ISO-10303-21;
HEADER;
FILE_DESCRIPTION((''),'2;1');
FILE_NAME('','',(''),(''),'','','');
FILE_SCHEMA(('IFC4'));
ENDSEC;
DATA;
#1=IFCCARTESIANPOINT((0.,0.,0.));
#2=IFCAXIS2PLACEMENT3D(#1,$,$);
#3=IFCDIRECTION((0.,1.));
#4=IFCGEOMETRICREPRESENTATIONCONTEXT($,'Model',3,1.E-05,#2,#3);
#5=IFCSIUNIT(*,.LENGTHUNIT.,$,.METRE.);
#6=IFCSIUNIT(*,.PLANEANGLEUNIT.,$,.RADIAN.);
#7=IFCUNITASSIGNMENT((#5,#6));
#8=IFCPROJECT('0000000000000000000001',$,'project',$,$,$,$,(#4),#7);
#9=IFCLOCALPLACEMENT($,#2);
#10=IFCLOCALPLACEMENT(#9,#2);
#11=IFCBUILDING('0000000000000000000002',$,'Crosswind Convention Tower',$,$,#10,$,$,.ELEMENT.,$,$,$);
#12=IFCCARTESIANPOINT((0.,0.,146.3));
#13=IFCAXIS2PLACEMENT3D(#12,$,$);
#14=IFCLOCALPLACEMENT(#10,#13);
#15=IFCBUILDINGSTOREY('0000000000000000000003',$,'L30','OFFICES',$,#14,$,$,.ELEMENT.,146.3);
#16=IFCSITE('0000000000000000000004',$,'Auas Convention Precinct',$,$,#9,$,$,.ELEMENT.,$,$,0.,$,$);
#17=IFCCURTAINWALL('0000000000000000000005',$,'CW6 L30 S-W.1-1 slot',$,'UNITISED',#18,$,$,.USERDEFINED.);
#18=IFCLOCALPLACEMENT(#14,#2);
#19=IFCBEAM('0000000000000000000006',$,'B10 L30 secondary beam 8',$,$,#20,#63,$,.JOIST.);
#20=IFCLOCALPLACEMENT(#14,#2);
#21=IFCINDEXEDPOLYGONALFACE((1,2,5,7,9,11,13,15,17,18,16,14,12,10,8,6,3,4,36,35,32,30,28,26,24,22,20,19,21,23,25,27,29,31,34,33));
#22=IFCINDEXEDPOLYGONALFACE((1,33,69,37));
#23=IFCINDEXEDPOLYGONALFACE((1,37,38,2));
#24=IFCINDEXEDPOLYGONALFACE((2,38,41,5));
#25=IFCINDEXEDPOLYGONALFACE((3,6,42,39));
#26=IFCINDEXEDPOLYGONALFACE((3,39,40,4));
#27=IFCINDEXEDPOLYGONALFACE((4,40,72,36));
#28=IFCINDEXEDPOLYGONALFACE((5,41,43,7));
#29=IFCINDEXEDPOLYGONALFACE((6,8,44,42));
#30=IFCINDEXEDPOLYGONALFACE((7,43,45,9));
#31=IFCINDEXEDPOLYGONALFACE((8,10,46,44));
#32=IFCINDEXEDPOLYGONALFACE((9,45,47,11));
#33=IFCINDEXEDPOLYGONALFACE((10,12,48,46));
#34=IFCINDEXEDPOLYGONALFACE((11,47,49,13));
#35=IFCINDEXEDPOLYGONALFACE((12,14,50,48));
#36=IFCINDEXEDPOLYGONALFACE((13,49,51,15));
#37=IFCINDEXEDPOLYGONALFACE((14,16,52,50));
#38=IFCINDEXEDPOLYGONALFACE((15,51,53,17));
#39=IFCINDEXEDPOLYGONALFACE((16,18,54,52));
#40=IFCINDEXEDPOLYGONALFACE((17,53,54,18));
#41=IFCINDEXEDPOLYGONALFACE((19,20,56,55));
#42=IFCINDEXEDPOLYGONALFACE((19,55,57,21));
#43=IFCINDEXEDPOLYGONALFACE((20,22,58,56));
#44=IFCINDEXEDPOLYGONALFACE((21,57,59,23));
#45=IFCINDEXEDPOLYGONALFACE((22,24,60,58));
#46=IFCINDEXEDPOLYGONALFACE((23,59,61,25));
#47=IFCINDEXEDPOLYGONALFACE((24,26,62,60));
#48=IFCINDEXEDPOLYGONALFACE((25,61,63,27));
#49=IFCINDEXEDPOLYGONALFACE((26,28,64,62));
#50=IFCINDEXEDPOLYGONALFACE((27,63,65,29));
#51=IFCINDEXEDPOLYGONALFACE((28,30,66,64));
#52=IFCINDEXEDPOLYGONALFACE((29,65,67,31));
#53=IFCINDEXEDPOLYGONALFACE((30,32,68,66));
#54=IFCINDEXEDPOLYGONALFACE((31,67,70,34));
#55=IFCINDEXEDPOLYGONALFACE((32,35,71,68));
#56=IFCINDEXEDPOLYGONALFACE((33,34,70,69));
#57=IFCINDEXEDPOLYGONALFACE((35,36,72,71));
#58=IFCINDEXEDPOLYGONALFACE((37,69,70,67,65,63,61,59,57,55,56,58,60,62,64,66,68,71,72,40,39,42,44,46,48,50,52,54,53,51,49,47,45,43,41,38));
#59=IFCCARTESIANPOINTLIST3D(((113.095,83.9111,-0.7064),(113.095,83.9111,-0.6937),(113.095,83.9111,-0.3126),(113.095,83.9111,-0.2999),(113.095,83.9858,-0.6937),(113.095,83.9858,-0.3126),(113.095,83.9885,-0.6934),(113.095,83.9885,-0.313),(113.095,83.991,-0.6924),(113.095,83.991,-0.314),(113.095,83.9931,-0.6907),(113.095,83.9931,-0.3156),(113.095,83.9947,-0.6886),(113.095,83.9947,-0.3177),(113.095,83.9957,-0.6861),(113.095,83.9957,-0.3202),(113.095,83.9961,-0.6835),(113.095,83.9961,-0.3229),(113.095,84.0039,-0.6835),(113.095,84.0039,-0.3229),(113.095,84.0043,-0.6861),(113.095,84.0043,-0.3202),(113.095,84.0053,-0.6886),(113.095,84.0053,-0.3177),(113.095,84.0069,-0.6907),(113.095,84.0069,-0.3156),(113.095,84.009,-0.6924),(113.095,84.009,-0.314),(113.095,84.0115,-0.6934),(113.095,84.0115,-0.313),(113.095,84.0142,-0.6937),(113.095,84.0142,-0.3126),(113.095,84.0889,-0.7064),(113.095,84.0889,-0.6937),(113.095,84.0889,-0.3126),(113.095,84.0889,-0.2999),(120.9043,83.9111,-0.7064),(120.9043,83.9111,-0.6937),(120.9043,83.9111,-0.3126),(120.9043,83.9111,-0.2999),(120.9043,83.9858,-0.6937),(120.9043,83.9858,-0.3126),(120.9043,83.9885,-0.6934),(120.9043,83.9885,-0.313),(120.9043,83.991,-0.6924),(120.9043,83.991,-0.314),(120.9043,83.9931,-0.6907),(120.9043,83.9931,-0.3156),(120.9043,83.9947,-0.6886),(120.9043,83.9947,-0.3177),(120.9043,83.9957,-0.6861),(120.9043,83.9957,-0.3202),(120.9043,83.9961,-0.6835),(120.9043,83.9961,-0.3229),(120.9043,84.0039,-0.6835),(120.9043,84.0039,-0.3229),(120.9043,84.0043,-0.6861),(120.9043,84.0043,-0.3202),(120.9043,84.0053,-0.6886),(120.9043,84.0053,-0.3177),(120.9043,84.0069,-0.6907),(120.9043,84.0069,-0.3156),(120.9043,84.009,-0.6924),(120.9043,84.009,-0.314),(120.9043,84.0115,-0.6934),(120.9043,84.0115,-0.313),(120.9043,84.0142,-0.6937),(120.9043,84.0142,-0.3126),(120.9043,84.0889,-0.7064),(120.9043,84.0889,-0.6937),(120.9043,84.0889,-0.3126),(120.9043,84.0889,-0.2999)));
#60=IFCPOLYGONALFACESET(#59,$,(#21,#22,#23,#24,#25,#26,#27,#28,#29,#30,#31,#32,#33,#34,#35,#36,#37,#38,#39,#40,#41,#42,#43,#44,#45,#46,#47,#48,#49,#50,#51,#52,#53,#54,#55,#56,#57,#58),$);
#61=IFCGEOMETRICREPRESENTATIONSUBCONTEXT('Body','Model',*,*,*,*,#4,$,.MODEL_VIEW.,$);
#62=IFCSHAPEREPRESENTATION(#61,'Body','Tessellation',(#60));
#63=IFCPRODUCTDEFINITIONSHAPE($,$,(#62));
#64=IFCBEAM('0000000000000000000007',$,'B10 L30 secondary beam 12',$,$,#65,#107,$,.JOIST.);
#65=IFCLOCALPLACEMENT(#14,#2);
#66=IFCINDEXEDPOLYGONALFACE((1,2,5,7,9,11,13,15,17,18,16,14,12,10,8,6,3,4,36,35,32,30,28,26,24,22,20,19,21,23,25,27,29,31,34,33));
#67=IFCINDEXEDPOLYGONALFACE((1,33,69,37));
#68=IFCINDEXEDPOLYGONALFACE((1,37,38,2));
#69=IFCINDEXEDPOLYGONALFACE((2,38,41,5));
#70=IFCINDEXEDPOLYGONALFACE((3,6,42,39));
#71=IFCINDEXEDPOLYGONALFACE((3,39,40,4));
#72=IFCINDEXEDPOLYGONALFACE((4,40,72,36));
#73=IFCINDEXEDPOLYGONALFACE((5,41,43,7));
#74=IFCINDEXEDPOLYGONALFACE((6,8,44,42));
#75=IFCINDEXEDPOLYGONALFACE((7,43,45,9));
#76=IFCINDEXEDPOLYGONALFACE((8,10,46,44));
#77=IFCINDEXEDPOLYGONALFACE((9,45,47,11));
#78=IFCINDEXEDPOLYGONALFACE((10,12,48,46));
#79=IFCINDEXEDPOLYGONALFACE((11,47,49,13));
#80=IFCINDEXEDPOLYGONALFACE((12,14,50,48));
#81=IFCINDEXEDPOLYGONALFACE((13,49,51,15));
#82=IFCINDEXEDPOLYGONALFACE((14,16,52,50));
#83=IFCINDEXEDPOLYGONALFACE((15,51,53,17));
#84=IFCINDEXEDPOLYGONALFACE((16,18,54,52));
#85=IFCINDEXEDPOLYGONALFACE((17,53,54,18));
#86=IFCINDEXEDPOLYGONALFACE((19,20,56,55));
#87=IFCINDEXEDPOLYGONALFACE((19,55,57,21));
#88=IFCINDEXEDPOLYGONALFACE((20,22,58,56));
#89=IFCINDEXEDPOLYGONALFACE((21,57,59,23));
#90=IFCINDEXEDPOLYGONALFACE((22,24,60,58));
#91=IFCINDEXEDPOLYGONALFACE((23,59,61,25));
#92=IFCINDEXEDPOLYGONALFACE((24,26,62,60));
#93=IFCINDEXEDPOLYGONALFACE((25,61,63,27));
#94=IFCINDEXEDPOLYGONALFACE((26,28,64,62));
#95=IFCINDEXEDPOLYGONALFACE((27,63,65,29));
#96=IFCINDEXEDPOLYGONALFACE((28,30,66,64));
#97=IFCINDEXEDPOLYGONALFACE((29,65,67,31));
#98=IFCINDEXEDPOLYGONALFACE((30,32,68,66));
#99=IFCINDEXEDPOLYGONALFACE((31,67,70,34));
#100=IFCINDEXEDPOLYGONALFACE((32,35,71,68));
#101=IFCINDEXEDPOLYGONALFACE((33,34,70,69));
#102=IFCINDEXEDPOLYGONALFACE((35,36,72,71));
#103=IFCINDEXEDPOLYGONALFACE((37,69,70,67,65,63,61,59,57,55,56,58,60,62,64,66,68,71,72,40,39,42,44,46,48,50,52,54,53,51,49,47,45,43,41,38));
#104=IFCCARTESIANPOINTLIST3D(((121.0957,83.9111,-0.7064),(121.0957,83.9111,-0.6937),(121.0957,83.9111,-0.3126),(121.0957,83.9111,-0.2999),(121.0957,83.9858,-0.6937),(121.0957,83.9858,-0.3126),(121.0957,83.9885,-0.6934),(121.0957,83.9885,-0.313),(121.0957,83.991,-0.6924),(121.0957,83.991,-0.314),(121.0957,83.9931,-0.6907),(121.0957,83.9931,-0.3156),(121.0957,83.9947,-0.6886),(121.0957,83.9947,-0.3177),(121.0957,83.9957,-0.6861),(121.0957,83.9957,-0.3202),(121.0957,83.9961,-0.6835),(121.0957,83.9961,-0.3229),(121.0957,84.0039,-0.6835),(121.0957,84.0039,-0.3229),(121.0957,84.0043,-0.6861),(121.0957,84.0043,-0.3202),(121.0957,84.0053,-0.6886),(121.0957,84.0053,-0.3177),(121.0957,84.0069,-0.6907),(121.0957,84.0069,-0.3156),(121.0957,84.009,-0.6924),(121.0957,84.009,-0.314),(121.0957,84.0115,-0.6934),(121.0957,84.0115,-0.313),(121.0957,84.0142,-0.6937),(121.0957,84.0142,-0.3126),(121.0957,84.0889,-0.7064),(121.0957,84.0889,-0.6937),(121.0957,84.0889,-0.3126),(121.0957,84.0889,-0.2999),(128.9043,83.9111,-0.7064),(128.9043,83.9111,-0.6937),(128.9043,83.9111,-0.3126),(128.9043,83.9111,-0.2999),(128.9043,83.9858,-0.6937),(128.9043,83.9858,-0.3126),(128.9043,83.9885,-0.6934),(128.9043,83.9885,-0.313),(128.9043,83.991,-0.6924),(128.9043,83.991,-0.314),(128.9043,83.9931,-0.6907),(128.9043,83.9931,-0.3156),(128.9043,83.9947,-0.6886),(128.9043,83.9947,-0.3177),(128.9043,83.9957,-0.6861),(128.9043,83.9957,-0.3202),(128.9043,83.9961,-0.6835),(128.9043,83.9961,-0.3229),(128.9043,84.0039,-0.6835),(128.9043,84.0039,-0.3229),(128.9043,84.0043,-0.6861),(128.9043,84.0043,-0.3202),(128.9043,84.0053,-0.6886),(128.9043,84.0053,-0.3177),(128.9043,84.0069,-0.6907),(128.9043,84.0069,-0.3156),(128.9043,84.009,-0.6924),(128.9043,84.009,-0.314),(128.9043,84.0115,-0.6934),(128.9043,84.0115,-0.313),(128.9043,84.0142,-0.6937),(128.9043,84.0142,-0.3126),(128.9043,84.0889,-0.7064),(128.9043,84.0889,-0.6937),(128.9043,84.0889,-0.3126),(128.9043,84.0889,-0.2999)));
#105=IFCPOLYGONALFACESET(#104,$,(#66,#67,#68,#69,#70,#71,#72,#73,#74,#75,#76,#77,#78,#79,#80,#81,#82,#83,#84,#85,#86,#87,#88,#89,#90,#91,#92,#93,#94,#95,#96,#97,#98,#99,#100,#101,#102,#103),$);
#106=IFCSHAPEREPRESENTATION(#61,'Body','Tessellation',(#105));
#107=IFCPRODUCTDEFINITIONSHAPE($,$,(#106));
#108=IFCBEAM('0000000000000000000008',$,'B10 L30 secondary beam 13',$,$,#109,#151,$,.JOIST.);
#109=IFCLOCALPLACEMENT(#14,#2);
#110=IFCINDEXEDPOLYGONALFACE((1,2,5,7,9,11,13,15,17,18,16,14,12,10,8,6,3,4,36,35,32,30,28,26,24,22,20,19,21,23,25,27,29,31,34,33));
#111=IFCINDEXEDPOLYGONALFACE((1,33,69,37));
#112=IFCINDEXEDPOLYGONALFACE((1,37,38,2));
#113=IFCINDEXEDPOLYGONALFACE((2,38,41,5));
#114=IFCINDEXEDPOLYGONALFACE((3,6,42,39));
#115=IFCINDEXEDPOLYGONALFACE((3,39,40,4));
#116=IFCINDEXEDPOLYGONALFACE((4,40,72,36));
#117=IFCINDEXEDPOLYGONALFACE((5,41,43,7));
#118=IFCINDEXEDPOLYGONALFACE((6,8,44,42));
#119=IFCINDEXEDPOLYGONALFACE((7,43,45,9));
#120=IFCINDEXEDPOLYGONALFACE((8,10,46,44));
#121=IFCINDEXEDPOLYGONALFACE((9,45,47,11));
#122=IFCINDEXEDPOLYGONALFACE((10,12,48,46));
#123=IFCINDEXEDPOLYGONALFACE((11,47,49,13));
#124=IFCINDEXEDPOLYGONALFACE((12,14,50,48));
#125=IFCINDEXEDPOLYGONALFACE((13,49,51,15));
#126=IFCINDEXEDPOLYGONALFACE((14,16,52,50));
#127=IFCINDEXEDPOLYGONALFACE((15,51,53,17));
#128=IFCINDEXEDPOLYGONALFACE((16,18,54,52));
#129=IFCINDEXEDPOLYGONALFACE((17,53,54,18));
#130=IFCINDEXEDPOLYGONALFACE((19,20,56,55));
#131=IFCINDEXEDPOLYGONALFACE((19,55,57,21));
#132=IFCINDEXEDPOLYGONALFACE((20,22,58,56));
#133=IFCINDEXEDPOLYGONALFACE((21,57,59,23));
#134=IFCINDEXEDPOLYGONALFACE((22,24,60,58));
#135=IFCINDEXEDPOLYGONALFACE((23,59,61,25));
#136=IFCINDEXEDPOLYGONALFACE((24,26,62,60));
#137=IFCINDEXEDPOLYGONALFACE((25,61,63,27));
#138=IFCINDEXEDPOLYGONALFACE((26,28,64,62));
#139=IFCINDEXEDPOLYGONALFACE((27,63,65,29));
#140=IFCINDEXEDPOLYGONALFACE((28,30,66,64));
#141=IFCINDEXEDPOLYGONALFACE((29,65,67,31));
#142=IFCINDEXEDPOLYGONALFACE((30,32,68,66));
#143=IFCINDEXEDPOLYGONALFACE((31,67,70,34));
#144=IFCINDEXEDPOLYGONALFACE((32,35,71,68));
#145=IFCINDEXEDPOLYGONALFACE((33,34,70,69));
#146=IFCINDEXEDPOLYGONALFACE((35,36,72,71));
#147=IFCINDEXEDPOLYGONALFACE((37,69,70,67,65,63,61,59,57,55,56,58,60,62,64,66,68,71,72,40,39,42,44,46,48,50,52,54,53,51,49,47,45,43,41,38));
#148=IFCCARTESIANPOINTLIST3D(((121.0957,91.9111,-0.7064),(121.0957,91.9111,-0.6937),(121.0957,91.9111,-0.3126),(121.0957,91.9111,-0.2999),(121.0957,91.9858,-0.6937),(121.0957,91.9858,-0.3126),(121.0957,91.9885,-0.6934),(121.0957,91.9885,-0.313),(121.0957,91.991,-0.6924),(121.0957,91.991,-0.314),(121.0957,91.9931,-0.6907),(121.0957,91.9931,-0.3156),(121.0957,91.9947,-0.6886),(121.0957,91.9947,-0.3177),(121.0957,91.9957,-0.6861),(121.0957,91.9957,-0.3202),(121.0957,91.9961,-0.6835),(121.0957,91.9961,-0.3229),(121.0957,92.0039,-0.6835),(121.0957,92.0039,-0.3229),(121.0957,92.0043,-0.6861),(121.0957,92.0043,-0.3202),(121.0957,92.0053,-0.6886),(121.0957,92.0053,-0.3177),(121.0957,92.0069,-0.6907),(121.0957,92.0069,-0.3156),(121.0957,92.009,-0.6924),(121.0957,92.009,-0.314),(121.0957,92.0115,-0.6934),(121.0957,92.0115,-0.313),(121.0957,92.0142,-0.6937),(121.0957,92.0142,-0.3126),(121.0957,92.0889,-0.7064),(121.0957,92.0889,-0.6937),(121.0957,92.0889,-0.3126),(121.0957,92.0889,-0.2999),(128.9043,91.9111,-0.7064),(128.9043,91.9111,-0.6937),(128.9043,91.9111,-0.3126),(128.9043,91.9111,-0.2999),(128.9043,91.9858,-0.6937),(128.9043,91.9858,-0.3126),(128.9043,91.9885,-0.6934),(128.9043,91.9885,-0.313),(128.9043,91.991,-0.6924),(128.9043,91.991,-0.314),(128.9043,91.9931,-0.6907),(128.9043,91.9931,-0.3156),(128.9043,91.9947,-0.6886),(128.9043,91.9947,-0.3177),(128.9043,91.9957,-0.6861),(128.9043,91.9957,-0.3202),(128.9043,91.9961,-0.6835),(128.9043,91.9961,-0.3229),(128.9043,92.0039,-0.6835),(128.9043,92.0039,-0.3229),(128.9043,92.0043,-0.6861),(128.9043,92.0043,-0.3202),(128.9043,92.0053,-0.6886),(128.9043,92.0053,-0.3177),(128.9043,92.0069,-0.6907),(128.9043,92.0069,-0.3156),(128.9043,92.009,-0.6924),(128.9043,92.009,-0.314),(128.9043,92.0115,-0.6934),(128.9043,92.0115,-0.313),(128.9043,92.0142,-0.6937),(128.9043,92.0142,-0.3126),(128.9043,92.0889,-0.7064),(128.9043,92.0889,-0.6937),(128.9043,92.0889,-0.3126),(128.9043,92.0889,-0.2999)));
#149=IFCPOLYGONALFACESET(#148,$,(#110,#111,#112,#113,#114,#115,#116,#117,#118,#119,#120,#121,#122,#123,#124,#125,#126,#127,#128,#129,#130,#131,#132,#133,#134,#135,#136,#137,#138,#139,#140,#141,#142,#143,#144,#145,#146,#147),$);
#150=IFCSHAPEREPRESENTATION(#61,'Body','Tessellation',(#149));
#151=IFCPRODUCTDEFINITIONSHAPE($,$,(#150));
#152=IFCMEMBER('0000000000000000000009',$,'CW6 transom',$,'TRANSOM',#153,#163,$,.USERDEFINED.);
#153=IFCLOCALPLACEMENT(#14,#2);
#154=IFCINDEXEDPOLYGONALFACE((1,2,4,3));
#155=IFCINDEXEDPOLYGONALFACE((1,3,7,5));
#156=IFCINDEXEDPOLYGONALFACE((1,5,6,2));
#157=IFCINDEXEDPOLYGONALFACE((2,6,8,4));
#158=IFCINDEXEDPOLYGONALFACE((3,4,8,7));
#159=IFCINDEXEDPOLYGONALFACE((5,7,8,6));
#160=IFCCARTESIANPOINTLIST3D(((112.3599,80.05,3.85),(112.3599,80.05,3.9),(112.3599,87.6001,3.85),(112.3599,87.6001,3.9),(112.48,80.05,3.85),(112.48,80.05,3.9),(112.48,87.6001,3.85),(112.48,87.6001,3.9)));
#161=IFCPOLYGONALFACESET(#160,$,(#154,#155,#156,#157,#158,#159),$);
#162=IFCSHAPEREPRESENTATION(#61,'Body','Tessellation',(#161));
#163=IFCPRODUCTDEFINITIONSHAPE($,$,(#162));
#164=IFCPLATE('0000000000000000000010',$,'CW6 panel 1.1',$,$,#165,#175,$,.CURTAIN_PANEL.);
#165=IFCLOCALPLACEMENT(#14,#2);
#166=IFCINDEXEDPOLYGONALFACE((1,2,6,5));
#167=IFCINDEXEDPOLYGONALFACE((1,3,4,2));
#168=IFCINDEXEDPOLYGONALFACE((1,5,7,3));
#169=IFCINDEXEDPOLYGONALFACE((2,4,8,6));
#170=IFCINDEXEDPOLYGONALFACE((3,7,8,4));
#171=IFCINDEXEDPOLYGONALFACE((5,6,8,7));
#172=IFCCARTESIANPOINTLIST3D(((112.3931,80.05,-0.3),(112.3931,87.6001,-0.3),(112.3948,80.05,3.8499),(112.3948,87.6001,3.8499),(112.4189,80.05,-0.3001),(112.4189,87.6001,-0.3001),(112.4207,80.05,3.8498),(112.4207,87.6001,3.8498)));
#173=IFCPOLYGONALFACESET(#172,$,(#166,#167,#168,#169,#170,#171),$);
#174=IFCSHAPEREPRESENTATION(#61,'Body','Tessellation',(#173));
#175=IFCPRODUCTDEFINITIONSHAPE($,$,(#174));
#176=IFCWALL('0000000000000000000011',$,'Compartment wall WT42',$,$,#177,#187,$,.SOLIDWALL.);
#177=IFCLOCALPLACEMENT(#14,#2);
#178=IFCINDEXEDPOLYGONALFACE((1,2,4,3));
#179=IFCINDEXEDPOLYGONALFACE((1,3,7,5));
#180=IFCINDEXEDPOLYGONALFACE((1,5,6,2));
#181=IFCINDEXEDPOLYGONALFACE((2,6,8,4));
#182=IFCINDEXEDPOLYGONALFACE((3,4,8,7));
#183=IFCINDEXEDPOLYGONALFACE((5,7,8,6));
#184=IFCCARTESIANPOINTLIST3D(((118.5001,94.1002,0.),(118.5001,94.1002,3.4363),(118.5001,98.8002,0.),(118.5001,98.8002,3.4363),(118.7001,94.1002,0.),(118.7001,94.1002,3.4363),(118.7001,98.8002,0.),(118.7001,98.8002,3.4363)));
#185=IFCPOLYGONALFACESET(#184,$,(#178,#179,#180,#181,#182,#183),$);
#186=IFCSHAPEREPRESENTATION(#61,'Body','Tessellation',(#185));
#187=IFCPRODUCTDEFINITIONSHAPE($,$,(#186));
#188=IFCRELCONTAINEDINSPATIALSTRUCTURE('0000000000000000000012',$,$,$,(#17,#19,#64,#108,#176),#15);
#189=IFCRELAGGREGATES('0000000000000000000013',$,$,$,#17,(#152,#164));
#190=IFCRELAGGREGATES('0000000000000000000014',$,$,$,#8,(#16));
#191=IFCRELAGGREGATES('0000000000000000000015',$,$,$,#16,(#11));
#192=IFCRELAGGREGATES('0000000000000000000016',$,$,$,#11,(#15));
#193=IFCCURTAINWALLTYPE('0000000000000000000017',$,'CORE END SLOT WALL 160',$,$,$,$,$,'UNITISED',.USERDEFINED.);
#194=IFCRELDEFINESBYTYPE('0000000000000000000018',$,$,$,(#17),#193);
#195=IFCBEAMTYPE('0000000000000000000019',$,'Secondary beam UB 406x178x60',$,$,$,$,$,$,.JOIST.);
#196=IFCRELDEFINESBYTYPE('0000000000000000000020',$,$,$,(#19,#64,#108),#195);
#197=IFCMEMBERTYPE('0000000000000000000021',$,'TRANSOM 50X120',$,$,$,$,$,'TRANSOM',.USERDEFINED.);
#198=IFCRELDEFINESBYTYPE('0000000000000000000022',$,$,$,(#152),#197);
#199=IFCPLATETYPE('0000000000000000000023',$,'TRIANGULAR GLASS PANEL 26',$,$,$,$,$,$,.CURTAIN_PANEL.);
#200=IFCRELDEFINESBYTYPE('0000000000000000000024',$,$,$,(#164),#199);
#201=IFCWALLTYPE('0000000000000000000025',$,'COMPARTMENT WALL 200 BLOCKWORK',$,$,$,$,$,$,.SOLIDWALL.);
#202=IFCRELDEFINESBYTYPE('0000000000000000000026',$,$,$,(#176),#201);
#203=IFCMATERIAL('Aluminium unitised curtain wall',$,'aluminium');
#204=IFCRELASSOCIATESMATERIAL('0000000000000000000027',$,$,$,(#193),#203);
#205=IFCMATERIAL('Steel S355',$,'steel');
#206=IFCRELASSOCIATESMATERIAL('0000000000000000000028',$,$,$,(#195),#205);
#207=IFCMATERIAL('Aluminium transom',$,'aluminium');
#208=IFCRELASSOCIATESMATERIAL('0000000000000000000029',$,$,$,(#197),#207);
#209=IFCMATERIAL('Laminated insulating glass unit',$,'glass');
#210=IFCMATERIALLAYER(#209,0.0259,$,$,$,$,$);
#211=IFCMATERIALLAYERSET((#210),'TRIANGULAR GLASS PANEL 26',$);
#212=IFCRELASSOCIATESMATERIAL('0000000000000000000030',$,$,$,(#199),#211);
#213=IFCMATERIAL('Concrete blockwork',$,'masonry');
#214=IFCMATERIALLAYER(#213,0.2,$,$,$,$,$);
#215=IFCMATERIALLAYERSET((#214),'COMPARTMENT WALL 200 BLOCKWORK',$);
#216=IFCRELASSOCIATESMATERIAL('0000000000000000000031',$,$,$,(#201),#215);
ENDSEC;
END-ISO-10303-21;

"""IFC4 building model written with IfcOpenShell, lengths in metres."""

from ifc_helpers import new_model, si_unit, direction, frame, frame_2d, origin, origin_2d, place, context, subcontext, project, spatial, polyline, rectangle, i_section, outline, extrude, material, layer, layer_set, material_profile, profile_set, type_object, element, aggregate, save


model = new_model("IFC4")

# Units and contexts
model_context = context("Model", 3, precision=1e-05, world=origin(), true_north=direction((0.0, 1.0)))
body_context = subcontext(model_context, "Body", "Model", "MODEL_VIEW")
ifc_project = project(units=[si_unit("LENGTHUNIT", "METRE"), si_unit("PLANEANGLEUNIT", "RADIAN")], contexts=[model_context])

# Site, building, storey
site_placement = place(None, origin())
site = spatial("IfcSite", under=ifc_project, at=site_placement, Name="Auas Convention Precinct", CompositionType="ELEMENT", RefElevation=0.0)
building_placement = place(site_placement, origin())
building = spatial("IfcBuilding", under=site, at=building_placement, Name="Crosswind Convention Tower", CompositionType="ELEMENT")
storey_placement = place(building_placement, frame((0.0, 0.0, 146.3)))
storey = spatial("IfcBuildingStorey", under=building, at=storey_placement, Name="L30", Description="OFFICES", CompositionType="ELEMENT", Elevation=146.3)

# Shared definitions
ifc_material_1 = material(Name="Steel S355", Category="steel")

# Curtain wall
ifc_material_2 = material(Name="Aluminium unitised curtain wall", Category="aluminium")
curtain_wall_type = type_object("IfcCurtainWallType", Name="CORE END SLOT WALL 160", ElementType="UNITISED", PredefinedType="USERDEFINED", material=ifc_material_2)
curtain_wall_placement = place(storey_placement, origin())
curtain_wall = element("IfcCurtainWall", 1, at=curtain_wall_placement, inside=storey, type_object=curtain_wall_type, Name="CW6 L30 S-W.1-1 slot", ObjectType="UNITISED", PredefinedType="USERDEFINED")

# Beams
ifc_material_profile_1 = material_profile(ifc_material_1, i_section(OverallWidth=0.1777, OverallDepth=0.4065, WebThickness=0.0078, FlangeThickness=0.0127, FilletRadius=0.0103, at=origin_2d()), Name="UB 406x178x60")
ifc_profile_set_1 = profile_set([ifc_material_profile_1], Name="Steel S355")
beam_type_1 = type_object("IfcBeamType", Name="Secondary beam UB 406x178x60", PredefinedType="JOIST", material=ifc_profile_set_1)
beam_1_placement = place(storey_placement, frame((113.095, 84.0, -0.5032), z_axis=(1.0, 0.0, 0.0), x_axis=(0.0, 1.0, 0.0)))
element("IfcBeam", 2, at=beam_1_placement, inside=storey, type_object=beam_type_1, Name="B10 L30 secondary beam 8", PredefinedType="JOIST", context=body_context, shape_type="SweptSolid", body=[
    extrude(i_section(OverallWidth=0.1777, OverallDepth=0.4065, WebThickness=0.0078, FlangeThickness=0.0127, FilletRadius=0.0103, at=origin_2d()), origin(), (0.0, 0.0, 1.0), 7.8093),
])
for number, where, z_axis, x_axis, name in (
    (3, (121.0957, 84.0, -0.5032), (1.0, 0.0, 0.0), (0.0, 1.0, 0.0), "B10 L30 secondary beam 12"),
    (4, (121.0957, 92.0, -0.5032), (1.0, 0.0, 0.0), (0.0, 1.0, 0.0), "B10 L30 secondary beam 13"),
):
    element("IfcBeam", number, at=place(storey_placement, frame(where, z_axis=z_axis, x_axis=x_axis)), inside=storey, type_object=beam_type_1, Name=name, PredefinedType="JOIST", context=body_context, shape_type="SweptSolid", body=[
        extrude(i_section(OverallWidth=0.1777, OverallDepth=0.4065, WebThickness=0.0078, FlangeThickness=0.0127, FilletRadius=0.0103, at=origin_2d()), origin(), (0.0, 0.0, 1.0), 7.8086),
    ])

# Member
ifc_material_3 = material(Name="Aluminium transom", Category="aluminium")
ifc_material_profile_2 = material_profile(ifc_material_3, rectangle(XDim=0.1201, YDim=0.05, at=origin_2d()), Name="AL 120X50")
ifc_profile_set_2 = profile_set([ifc_material_profile_2], Name="Aluminium transom")
member_type_1 = type_object("IfcMemberType", Name="TRANSOM 50X120", ElementType="TRANSOM", PredefinedType="USERDEFINED", material=ifc_profile_set_2)
member_1_placement = place(storey_placement, frame((112.4199, 87.6001, 3.875), z_axis=(0.0, -1.0, 0.0), x_axis=(1.0, 0.0, 0.0)))
member_1 = element("IfcMember", 5, at=member_1_placement, type_object=member_type_1, Name="CW6 transom", ObjectType="TRANSOM", PredefinedType="USERDEFINED", context=body_context, shape_type="SweptSolid", body=[
    extrude(rectangle(XDim=0.1201, YDim=0.05, at=origin_2d()), origin(), (0.0, 0.0, 1.0), 7.55),
])

# Plate
ifc_material_4 = material(Name="Laminated insulating glass unit", Category="glass")
ifc_layer_1 = layer(ifc_material_4, 0.0259)
ifc_layer_set_1 = layer_set([ifc_layer_1], Name="TRIANGULAR GLASS PANEL 26")
plate_type = type_object("IfcPlateType", Name="TRIANGULAR GLASS PANEL 26", PredefinedType="CURTAIN_PANEL", material=ifc_layer_set_1)
plate_placement = place(storey_placement, frame((112.3931, 87.6001, -0.3), z_axis=(-1.0, 0.0, 0.000412), x_axis=(0.0, -1.0, 0.0)))
plate = element("IfcPlate", 6, at=plate_placement, type_object=plate_type, Name="CW6 panel 1.1", PredefinedType="CURTAIN_PANEL", context=body_context, shape_type="SweptSolid", body=[
    extrude(outline(polyline([(0.0, 0.0), (7.55, 0.0), (7.55, 4.1499), (0.0, 4.1499), (0.0, 0.0)])), origin(), (0.0, 0.0, -1.0), 0.0259),
])
aggregate(curtain_wall, [member_1, plate])

# Wall
ifc_material_5 = material(Name="Concrete blockwork", Category="masonry")
ifc_layer_2 = layer(ifc_material_5, 0.2)
ifc_layer_set_2 = layer_set([ifc_layer_2], Name="COMPARTMENT WALL 200 BLOCKWORK")
wall_type_1 = type_object("IfcWallType", Name="COMPARTMENT WALL 200 BLOCKWORK", PredefinedType="SOLIDWALL", material=ifc_layer_set_2)
wall_1_placement = place(storey_placement, frame((118.6001, 94.1001, 0.0), z_axis=(0.0, 0.0, 1.0), x_axis=(0.0, 1.0, 0.0)))
element("IfcWall", 7, at=wall_1_placement, inside=storey, type_object=wall_type_1, Name="Compartment wall WT42", PredefinedType="SOLIDWALL", context=body_context, shape_type="SweptSolid", body=[
    extrude(rectangle(XDim=4.7, YDim=0.2, at=frame_2d((2.3501, 0.0))), origin(), (0.0, 0.0, 1.0), 3.4363),
])

save(model, "model.ifc")
